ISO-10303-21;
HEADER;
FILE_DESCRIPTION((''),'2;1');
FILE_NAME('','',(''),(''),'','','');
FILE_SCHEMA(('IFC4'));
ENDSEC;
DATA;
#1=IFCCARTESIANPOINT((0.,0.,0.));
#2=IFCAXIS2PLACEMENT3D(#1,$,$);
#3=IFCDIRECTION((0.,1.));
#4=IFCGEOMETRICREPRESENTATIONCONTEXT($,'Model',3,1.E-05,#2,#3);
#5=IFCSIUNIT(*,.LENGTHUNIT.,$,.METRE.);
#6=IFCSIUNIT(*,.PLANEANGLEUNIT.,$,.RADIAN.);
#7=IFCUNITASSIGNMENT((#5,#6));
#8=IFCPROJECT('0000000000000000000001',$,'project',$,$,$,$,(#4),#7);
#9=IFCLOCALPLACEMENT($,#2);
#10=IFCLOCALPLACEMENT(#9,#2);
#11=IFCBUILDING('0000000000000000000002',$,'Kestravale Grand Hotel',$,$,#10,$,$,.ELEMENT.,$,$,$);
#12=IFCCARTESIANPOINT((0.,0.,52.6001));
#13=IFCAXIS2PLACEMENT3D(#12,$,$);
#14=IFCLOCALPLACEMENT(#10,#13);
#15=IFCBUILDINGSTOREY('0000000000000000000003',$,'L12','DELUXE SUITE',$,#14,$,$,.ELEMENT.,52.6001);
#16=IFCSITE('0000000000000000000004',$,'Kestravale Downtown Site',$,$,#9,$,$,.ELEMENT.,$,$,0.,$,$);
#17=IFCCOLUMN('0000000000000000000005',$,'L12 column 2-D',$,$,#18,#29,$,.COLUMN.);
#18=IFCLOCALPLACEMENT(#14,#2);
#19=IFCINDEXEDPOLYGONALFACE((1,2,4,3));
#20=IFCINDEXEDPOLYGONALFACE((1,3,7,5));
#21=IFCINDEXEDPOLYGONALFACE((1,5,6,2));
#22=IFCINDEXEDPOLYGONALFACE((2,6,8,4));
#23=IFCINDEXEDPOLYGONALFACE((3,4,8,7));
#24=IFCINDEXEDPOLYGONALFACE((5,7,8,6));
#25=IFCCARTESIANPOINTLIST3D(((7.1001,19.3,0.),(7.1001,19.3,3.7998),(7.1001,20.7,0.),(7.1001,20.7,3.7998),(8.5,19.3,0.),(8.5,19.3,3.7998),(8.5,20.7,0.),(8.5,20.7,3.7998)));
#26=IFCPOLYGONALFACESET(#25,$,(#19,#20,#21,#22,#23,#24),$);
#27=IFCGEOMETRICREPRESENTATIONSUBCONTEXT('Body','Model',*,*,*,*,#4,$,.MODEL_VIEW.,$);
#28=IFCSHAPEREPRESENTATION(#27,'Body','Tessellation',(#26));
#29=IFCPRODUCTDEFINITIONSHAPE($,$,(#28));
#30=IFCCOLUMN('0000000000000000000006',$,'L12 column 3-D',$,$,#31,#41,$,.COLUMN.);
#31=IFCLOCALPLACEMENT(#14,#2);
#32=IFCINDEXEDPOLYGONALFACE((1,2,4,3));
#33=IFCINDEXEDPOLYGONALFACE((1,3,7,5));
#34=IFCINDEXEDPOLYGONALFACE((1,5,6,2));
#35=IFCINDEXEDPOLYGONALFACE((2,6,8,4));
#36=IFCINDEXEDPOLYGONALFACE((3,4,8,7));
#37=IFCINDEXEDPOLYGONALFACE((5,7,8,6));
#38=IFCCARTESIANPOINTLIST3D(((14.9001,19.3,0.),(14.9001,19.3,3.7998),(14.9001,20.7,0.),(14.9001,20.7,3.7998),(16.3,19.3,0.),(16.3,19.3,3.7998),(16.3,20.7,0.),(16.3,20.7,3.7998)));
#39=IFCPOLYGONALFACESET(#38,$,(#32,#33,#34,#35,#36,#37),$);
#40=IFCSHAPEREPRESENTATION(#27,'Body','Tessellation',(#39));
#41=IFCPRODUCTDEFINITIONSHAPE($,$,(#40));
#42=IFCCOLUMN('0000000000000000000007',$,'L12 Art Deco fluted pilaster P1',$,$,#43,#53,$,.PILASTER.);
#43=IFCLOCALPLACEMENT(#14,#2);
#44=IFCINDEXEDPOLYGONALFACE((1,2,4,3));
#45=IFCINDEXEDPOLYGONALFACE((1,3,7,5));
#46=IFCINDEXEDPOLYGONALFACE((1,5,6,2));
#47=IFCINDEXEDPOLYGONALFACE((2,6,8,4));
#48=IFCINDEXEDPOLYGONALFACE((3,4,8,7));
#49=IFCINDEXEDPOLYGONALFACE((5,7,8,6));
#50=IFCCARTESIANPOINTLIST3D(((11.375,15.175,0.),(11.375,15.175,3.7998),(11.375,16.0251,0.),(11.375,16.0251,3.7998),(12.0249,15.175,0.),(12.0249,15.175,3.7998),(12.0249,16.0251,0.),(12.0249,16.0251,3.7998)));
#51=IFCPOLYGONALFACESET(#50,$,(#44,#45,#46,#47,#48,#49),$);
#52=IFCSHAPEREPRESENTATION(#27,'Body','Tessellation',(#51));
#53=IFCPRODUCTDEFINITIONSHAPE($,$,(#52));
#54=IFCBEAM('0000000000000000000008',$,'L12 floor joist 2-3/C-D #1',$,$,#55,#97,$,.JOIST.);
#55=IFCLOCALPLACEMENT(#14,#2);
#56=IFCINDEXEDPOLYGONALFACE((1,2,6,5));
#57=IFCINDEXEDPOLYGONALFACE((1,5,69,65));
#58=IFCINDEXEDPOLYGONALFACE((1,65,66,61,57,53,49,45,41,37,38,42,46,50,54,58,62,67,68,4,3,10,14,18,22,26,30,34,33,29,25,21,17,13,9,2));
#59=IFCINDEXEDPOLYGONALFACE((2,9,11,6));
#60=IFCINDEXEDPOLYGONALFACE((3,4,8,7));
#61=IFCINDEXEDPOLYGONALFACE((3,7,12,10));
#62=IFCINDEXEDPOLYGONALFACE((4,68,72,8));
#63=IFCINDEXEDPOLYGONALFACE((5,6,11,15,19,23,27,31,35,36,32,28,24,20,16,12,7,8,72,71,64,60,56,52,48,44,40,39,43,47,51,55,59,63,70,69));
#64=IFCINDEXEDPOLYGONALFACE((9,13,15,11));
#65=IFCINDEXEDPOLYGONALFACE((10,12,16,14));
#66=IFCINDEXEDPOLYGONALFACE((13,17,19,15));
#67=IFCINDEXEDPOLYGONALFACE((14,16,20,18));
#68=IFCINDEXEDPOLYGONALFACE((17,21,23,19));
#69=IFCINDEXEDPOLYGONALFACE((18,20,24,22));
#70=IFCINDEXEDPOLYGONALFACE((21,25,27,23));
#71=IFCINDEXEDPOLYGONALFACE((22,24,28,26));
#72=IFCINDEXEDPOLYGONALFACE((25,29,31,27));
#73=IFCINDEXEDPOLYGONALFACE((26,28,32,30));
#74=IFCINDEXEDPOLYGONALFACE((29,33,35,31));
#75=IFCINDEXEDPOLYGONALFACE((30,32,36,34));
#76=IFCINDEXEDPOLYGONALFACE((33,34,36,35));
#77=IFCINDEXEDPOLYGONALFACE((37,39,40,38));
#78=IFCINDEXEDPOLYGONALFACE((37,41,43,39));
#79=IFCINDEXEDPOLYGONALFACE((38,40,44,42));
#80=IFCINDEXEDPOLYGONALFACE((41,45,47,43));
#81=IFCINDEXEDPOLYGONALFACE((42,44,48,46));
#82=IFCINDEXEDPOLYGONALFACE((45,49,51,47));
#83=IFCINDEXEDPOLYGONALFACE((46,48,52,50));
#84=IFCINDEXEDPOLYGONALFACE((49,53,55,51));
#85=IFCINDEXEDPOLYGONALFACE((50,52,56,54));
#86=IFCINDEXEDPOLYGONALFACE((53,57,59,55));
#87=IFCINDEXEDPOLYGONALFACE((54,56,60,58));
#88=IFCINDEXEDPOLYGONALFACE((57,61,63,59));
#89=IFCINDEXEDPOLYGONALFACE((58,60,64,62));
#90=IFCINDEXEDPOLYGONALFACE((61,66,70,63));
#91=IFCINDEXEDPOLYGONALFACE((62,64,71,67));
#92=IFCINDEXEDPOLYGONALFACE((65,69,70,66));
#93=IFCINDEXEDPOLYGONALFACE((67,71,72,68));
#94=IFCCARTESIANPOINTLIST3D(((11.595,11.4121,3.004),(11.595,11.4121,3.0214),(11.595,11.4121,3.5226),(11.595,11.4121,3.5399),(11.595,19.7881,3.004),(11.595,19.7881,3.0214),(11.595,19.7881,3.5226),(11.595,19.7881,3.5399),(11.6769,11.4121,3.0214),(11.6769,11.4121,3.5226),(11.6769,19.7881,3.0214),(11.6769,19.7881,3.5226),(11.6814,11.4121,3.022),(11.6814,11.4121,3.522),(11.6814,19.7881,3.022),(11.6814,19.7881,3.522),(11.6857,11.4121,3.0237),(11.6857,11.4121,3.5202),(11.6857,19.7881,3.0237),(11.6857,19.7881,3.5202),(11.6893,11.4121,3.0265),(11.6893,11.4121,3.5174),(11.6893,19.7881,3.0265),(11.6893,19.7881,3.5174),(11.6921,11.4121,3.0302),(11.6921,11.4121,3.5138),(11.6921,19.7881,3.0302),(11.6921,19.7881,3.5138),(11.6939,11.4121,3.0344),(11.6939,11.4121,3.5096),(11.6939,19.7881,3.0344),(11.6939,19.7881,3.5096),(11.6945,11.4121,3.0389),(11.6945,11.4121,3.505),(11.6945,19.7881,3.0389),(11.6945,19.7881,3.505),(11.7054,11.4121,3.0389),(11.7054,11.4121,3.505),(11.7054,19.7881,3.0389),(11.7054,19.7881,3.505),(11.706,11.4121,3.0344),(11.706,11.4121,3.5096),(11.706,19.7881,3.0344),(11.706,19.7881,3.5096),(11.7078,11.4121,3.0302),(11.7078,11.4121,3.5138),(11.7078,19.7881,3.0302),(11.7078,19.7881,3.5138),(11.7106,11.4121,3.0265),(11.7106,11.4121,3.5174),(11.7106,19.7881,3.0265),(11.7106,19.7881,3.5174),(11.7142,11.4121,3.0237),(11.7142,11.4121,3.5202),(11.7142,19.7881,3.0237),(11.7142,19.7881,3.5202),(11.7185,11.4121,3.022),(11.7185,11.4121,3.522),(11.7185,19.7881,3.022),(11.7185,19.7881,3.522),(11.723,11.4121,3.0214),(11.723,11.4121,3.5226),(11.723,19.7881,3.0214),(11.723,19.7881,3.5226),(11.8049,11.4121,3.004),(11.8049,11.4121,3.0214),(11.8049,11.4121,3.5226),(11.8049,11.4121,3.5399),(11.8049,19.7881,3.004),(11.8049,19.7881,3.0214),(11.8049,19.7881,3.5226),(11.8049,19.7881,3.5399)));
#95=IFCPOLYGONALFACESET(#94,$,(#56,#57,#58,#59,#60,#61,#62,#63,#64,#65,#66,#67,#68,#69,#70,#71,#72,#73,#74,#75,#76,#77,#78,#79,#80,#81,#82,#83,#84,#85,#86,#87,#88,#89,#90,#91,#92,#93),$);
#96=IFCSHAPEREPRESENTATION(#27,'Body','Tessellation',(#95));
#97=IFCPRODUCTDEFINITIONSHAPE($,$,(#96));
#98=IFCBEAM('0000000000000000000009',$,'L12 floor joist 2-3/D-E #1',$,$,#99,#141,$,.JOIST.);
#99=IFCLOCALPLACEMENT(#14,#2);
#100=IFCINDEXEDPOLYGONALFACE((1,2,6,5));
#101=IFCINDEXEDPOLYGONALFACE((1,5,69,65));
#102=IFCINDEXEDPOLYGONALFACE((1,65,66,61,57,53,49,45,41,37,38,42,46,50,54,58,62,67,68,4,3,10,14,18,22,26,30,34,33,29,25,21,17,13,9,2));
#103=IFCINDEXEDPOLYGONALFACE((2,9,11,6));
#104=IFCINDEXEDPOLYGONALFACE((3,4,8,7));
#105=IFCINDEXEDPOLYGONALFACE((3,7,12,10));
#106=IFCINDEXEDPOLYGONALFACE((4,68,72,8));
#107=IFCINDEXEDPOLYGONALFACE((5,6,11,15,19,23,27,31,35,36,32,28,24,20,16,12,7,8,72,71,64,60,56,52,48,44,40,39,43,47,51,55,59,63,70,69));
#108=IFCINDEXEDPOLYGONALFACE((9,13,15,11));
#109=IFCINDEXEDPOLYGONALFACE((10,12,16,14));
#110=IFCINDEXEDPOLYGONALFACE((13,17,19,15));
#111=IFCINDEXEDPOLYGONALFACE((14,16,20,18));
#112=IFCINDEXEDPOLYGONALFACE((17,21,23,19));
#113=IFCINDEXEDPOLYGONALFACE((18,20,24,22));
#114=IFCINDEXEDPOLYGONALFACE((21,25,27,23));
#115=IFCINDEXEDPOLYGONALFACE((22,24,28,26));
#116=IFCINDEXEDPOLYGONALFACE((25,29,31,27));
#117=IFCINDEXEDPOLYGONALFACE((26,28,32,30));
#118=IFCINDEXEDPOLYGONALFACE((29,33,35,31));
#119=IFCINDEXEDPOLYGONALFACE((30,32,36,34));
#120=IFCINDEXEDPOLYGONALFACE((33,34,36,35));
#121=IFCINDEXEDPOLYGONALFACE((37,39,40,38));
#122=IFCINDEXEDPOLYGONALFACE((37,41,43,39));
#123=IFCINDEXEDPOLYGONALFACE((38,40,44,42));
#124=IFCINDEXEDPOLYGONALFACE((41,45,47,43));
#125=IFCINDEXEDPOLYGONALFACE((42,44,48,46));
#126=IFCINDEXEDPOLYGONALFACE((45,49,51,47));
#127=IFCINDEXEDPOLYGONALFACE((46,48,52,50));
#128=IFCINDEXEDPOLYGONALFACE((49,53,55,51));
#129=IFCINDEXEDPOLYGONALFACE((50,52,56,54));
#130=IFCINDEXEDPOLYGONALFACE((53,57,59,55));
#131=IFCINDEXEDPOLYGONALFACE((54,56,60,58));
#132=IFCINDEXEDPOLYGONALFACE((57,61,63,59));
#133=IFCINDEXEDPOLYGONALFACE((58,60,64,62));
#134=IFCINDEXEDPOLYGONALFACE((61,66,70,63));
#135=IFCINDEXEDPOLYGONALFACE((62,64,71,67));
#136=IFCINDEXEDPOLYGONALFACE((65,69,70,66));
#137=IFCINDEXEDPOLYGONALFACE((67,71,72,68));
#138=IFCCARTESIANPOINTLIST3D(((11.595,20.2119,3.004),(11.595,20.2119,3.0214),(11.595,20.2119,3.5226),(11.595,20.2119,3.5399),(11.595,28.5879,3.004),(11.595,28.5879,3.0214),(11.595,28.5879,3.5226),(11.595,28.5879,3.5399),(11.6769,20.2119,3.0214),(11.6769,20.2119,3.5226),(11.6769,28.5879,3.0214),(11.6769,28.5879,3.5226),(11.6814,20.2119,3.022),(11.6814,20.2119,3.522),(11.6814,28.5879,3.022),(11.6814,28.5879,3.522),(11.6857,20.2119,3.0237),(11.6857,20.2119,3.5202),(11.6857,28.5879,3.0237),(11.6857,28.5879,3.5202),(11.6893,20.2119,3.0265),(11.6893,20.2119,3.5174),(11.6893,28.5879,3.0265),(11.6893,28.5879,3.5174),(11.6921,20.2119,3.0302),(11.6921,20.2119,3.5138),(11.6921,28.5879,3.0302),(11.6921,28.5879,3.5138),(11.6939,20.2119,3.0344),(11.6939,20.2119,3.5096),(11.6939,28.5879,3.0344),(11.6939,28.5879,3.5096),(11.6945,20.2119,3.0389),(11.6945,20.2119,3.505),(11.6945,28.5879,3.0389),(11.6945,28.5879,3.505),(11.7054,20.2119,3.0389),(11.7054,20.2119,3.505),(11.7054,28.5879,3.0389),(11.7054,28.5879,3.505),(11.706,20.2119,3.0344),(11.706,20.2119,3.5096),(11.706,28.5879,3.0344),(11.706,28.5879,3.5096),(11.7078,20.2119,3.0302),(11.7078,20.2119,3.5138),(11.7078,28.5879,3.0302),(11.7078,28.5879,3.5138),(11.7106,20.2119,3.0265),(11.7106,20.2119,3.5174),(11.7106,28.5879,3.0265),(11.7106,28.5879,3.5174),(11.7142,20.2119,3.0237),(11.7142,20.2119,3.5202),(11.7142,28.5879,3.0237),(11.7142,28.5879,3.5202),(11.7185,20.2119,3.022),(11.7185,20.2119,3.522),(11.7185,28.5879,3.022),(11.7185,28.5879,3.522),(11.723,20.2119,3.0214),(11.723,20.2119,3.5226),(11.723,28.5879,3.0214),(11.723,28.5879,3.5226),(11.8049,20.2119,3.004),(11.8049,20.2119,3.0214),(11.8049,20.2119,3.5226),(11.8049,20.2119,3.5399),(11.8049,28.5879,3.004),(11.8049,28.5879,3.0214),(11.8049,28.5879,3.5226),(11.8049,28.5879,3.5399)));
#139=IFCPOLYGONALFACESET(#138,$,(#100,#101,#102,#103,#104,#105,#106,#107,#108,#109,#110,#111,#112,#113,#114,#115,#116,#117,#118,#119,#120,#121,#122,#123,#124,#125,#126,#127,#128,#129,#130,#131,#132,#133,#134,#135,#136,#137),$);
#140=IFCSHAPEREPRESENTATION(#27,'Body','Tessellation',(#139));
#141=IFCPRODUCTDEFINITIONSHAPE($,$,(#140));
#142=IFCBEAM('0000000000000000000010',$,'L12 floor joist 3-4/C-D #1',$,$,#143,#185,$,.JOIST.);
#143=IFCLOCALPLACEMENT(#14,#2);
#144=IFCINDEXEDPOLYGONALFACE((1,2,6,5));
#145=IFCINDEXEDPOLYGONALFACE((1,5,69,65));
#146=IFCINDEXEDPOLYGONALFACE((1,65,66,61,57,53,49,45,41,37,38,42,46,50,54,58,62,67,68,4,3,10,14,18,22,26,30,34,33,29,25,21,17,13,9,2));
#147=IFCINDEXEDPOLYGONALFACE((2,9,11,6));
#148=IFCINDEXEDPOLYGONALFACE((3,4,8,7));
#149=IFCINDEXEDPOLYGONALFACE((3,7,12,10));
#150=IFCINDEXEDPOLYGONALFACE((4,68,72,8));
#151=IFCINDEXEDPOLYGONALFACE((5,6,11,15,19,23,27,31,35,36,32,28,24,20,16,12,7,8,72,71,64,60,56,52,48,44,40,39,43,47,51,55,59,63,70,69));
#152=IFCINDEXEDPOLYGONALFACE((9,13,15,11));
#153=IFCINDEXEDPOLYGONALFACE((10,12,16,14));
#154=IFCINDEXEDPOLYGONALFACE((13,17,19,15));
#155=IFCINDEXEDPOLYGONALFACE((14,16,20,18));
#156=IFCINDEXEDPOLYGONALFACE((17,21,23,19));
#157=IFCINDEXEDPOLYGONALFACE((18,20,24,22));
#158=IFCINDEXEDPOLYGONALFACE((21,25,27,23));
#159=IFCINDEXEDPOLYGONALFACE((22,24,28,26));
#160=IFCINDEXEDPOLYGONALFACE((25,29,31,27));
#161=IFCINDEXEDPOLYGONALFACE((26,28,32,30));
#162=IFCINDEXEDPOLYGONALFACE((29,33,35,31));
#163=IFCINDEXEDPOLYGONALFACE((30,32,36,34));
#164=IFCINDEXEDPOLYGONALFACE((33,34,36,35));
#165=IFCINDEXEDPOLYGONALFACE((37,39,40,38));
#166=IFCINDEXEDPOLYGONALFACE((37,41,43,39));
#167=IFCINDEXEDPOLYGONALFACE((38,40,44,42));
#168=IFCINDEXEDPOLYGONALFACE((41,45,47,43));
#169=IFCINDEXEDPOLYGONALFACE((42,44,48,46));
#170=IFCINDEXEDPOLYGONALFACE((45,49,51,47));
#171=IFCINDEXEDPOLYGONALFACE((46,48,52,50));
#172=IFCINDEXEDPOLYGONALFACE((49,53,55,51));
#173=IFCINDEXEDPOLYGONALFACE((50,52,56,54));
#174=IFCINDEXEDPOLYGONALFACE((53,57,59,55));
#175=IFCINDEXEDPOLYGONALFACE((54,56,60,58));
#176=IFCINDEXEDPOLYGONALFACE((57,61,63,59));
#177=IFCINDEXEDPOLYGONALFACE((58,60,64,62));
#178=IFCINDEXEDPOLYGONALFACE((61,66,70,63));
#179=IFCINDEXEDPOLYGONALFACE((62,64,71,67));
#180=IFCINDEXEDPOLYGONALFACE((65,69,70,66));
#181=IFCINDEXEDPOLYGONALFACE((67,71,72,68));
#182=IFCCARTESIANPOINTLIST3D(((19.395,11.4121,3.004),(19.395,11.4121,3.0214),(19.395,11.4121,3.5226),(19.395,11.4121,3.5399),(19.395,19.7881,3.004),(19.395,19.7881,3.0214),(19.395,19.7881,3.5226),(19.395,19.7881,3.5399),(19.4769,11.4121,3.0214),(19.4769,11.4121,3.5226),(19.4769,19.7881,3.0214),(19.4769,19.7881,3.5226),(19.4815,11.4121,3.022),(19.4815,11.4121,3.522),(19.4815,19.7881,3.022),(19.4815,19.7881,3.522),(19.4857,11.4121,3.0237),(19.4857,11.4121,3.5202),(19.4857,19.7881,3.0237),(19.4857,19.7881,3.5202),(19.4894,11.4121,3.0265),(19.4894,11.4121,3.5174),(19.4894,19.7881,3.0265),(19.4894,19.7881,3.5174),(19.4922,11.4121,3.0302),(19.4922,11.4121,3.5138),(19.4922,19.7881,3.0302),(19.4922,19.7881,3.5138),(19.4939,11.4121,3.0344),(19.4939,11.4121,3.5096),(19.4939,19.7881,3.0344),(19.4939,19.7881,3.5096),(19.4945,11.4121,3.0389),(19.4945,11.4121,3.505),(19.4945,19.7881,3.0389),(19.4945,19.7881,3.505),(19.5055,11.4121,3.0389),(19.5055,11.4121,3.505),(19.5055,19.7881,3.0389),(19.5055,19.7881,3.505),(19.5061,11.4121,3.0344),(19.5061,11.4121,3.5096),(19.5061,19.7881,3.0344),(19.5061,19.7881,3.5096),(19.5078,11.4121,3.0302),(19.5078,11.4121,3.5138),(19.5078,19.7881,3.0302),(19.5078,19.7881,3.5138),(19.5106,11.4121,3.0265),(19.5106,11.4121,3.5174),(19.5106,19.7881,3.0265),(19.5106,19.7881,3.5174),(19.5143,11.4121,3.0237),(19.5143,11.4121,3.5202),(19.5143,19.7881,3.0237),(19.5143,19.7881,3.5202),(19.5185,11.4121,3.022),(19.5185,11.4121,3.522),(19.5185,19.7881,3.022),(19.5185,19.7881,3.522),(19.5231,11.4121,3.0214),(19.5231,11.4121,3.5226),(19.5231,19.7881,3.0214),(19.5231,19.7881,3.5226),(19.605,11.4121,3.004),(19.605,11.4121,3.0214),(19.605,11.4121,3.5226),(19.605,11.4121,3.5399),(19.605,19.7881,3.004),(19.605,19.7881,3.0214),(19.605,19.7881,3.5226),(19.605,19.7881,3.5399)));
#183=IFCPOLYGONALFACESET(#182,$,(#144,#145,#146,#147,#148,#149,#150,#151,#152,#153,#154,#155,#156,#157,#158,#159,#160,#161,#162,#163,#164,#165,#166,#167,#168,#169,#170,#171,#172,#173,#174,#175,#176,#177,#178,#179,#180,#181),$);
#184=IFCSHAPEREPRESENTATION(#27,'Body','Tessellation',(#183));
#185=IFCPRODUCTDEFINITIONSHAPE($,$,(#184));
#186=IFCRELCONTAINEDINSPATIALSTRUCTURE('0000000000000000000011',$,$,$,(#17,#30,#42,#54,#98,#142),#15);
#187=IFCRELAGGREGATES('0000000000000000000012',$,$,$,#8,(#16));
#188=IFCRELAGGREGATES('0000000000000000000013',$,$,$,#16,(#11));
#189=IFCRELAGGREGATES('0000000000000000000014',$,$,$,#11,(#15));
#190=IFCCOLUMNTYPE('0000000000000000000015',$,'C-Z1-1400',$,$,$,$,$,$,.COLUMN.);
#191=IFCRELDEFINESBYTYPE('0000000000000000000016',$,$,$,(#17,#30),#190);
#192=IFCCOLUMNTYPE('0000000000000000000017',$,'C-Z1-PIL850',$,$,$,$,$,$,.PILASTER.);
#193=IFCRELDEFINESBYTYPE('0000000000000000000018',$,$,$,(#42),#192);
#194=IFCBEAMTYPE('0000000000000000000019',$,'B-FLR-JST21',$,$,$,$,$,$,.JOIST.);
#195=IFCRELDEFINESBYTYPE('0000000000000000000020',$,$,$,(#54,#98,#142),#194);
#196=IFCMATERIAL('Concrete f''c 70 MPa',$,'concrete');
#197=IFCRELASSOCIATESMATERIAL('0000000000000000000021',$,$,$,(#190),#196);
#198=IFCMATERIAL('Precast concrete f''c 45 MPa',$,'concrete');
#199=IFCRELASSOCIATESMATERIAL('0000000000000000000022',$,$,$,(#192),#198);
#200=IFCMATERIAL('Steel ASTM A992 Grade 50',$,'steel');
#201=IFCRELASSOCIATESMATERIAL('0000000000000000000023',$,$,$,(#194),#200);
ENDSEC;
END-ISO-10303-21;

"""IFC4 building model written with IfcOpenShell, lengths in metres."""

from ifc_helpers import new_model, si_unit, direction, frame, origin, origin_2d, place, context, subcontext, project, spatial, rectangle, i_section, extrude, material, material_profile, profile_set, type_object, element, save


model = new_model("IFC4")

# Units and contexts
model_context = context("Model", 3, precision=1e-05, world=origin(), true_north=direction((0.0, 1.0)))
body_context = subcontext(model_context, "Body", "Model", "MODEL_VIEW")
ifc_project = project(units=[si_unit("LENGTHUNIT", "METRE"), si_unit("PLANEANGLEUNIT", "RADIAN")], contexts=[model_context])

# Site, building, storey
site_placement = place(None, origin())
site = spatial("IfcSite", under=ifc_project, at=site_placement, Name="Kestravale Downtown Site", CompositionType="ELEMENT", RefElevation=0.0)
building_placement = place(site_placement, origin())
building = spatial("IfcBuilding", under=site, at=building_placement, Name="Kestravale Grand Hotel", CompositionType="ELEMENT")
storey_placement = place(building_placement, frame((0.0, 0.0, 52.6001)))
storey = spatial("IfcBuildingStorey", under=building, at=storey_placement, Name="L12", Description="DELUXE SUITE", CompositionType="ELEMENT", Elevation=52.6001)

# Columns
ifc_material_1 = material(Name="Concrete f'c 70 MPa", Category="concrete")
ifc_material_profile_1 = material_profile(ifc_material_1, rectangle(XDim=1.3999, YDim=1.3999, at=origin_2d()))
ifc_profile_set_1 = profile_set([ifc_material_profile_1], Name="Concrete f'c 70 MPa")
column_type_1 = type_object("IfcColumnType", Name="C-Z1-1400", PredefinedType="COLUMN", material=ifc_profile_set_1)
for number, where, z_axis, x_axis, name in (
    (1, (7.8, 20.0, 0.0), (0.0, 0.0, 1.0), (1.0, 0.0, 0.0), "L12 column 2-D"),
    (2, (15.6001, 20.0, 0.0), (0.0, 0.0, 1.0), (1.0, 0.0, 0.0), "L12 column 3-D"),
):
    element("IfcColumn", number, at=place(storey_placement, frame(where, z_axis=z_axis, x_axis=x_axis)), inside=storey, type_object=column_type_1, Name=name, PredefinedType="COLUMN", context=body_context, shape_type="SweptSolid", body=[
        extrude(rectangle(XDim=1.3999, YDim=1.3999, at=origin_2d()), origin(), (0.0, 0.0, 1.0), 3.7998),
    ])
ifc_material_2 = material(Name="Precast concrete f'c 45 MPa", Category="concrete")
ifc_material_profile_2 = material_profile(ifc_material_2, rectangle(XDim=0.6499, YDim=0.8501, at=origin_2d()))
ifc_profile_set_2 = profile_set([ifc_material_profile_2], Name="Precast concrete f'c 45 MPa")
column_type_2 = type_object("IfcColumnType", Name="C-Z1-PIL850", PredefinedType="PILASTER", material=ifc_profile_set_2)
column_placement = place(storey_placement, frame((11.7, 15.6001, 0.0), z_axis=(0.0, 0.0, 1.0), x_axis=(1.0, 0.0, 0.0)))
element("IfcColumn", 3, at=column_placement, inside=storey, type_object=column_type_2, Name="L12 Art Deco fluted pilaster P1", PredefinedType="PILASTER", context=body_context, shape_type="SweptSolid", body=[
    extrude(rectangle(XDim=0.6499, YDim=0.8501, at=origin_2d()), origin(), (0.0, 0.0, 1.0), 3.7998),
])

# Beams
ifc_material_3 = material(Name="Steel ASTM A992 Grade 50", Category="steel")
ifc_material_profile_3 = material_profile(ifc_material_3, i_section(OverallWidth=0.21, OverallDepth=0.5359, WebThickness=0.011, FlangeThickness=0.0173, FilletRadius=0.0176, at=origin_2d()))
ifc_profile_set_3 = profile_set([ifc_material_profile_3], Name="Steel ASTM A992 Grade 50")
beam_type_1 = type_object("IfcBeamType", Name="B-FLR-JST21", PredefinedType="JOIST", material=ifc_profile_set_3)
for number, where, z_axis, x_axis, name in (
    (4, (11.7, 11.4121, 3.272), (0.0, 1.0, 0.0), (-1.0, 0.0, 0.0), "L12 floor joist 2-3/C-D #1"),
    (5, (11.7, 20.2119, 3.272), (0.0, 1.0, 0.0), (-1.0, 0.0, 0.0), "L12 floor joist 2-3/D-E #1"),
    (6, (19.5, 11.4121, 3.272), (0.0, 1.0, 0.0), (-1.0, 0.0, 0.0), "L12 floor joist 3-4/C-D #1"),
):
    element("IfcBeam", number, at=place(storey_placement, frame(where, z_axis=z_axis, x_axis=x_axis)), inside=storey, type_object=beam_type_1, Name=name, PredefinedType="JOIST", context=body_context, shape_type="SweptSolid", body=[
        extrude(i_section(OverallWidth=0.21, OverallDepth=0.5359, WebThickness=0.011, FlangeThickness=0.0173, FilletRadius=0.0176, at=origin_2d()), origin(), (0.0, 0.0, 1.0), 8.376),
    ])

save(model, "model.ifc")
